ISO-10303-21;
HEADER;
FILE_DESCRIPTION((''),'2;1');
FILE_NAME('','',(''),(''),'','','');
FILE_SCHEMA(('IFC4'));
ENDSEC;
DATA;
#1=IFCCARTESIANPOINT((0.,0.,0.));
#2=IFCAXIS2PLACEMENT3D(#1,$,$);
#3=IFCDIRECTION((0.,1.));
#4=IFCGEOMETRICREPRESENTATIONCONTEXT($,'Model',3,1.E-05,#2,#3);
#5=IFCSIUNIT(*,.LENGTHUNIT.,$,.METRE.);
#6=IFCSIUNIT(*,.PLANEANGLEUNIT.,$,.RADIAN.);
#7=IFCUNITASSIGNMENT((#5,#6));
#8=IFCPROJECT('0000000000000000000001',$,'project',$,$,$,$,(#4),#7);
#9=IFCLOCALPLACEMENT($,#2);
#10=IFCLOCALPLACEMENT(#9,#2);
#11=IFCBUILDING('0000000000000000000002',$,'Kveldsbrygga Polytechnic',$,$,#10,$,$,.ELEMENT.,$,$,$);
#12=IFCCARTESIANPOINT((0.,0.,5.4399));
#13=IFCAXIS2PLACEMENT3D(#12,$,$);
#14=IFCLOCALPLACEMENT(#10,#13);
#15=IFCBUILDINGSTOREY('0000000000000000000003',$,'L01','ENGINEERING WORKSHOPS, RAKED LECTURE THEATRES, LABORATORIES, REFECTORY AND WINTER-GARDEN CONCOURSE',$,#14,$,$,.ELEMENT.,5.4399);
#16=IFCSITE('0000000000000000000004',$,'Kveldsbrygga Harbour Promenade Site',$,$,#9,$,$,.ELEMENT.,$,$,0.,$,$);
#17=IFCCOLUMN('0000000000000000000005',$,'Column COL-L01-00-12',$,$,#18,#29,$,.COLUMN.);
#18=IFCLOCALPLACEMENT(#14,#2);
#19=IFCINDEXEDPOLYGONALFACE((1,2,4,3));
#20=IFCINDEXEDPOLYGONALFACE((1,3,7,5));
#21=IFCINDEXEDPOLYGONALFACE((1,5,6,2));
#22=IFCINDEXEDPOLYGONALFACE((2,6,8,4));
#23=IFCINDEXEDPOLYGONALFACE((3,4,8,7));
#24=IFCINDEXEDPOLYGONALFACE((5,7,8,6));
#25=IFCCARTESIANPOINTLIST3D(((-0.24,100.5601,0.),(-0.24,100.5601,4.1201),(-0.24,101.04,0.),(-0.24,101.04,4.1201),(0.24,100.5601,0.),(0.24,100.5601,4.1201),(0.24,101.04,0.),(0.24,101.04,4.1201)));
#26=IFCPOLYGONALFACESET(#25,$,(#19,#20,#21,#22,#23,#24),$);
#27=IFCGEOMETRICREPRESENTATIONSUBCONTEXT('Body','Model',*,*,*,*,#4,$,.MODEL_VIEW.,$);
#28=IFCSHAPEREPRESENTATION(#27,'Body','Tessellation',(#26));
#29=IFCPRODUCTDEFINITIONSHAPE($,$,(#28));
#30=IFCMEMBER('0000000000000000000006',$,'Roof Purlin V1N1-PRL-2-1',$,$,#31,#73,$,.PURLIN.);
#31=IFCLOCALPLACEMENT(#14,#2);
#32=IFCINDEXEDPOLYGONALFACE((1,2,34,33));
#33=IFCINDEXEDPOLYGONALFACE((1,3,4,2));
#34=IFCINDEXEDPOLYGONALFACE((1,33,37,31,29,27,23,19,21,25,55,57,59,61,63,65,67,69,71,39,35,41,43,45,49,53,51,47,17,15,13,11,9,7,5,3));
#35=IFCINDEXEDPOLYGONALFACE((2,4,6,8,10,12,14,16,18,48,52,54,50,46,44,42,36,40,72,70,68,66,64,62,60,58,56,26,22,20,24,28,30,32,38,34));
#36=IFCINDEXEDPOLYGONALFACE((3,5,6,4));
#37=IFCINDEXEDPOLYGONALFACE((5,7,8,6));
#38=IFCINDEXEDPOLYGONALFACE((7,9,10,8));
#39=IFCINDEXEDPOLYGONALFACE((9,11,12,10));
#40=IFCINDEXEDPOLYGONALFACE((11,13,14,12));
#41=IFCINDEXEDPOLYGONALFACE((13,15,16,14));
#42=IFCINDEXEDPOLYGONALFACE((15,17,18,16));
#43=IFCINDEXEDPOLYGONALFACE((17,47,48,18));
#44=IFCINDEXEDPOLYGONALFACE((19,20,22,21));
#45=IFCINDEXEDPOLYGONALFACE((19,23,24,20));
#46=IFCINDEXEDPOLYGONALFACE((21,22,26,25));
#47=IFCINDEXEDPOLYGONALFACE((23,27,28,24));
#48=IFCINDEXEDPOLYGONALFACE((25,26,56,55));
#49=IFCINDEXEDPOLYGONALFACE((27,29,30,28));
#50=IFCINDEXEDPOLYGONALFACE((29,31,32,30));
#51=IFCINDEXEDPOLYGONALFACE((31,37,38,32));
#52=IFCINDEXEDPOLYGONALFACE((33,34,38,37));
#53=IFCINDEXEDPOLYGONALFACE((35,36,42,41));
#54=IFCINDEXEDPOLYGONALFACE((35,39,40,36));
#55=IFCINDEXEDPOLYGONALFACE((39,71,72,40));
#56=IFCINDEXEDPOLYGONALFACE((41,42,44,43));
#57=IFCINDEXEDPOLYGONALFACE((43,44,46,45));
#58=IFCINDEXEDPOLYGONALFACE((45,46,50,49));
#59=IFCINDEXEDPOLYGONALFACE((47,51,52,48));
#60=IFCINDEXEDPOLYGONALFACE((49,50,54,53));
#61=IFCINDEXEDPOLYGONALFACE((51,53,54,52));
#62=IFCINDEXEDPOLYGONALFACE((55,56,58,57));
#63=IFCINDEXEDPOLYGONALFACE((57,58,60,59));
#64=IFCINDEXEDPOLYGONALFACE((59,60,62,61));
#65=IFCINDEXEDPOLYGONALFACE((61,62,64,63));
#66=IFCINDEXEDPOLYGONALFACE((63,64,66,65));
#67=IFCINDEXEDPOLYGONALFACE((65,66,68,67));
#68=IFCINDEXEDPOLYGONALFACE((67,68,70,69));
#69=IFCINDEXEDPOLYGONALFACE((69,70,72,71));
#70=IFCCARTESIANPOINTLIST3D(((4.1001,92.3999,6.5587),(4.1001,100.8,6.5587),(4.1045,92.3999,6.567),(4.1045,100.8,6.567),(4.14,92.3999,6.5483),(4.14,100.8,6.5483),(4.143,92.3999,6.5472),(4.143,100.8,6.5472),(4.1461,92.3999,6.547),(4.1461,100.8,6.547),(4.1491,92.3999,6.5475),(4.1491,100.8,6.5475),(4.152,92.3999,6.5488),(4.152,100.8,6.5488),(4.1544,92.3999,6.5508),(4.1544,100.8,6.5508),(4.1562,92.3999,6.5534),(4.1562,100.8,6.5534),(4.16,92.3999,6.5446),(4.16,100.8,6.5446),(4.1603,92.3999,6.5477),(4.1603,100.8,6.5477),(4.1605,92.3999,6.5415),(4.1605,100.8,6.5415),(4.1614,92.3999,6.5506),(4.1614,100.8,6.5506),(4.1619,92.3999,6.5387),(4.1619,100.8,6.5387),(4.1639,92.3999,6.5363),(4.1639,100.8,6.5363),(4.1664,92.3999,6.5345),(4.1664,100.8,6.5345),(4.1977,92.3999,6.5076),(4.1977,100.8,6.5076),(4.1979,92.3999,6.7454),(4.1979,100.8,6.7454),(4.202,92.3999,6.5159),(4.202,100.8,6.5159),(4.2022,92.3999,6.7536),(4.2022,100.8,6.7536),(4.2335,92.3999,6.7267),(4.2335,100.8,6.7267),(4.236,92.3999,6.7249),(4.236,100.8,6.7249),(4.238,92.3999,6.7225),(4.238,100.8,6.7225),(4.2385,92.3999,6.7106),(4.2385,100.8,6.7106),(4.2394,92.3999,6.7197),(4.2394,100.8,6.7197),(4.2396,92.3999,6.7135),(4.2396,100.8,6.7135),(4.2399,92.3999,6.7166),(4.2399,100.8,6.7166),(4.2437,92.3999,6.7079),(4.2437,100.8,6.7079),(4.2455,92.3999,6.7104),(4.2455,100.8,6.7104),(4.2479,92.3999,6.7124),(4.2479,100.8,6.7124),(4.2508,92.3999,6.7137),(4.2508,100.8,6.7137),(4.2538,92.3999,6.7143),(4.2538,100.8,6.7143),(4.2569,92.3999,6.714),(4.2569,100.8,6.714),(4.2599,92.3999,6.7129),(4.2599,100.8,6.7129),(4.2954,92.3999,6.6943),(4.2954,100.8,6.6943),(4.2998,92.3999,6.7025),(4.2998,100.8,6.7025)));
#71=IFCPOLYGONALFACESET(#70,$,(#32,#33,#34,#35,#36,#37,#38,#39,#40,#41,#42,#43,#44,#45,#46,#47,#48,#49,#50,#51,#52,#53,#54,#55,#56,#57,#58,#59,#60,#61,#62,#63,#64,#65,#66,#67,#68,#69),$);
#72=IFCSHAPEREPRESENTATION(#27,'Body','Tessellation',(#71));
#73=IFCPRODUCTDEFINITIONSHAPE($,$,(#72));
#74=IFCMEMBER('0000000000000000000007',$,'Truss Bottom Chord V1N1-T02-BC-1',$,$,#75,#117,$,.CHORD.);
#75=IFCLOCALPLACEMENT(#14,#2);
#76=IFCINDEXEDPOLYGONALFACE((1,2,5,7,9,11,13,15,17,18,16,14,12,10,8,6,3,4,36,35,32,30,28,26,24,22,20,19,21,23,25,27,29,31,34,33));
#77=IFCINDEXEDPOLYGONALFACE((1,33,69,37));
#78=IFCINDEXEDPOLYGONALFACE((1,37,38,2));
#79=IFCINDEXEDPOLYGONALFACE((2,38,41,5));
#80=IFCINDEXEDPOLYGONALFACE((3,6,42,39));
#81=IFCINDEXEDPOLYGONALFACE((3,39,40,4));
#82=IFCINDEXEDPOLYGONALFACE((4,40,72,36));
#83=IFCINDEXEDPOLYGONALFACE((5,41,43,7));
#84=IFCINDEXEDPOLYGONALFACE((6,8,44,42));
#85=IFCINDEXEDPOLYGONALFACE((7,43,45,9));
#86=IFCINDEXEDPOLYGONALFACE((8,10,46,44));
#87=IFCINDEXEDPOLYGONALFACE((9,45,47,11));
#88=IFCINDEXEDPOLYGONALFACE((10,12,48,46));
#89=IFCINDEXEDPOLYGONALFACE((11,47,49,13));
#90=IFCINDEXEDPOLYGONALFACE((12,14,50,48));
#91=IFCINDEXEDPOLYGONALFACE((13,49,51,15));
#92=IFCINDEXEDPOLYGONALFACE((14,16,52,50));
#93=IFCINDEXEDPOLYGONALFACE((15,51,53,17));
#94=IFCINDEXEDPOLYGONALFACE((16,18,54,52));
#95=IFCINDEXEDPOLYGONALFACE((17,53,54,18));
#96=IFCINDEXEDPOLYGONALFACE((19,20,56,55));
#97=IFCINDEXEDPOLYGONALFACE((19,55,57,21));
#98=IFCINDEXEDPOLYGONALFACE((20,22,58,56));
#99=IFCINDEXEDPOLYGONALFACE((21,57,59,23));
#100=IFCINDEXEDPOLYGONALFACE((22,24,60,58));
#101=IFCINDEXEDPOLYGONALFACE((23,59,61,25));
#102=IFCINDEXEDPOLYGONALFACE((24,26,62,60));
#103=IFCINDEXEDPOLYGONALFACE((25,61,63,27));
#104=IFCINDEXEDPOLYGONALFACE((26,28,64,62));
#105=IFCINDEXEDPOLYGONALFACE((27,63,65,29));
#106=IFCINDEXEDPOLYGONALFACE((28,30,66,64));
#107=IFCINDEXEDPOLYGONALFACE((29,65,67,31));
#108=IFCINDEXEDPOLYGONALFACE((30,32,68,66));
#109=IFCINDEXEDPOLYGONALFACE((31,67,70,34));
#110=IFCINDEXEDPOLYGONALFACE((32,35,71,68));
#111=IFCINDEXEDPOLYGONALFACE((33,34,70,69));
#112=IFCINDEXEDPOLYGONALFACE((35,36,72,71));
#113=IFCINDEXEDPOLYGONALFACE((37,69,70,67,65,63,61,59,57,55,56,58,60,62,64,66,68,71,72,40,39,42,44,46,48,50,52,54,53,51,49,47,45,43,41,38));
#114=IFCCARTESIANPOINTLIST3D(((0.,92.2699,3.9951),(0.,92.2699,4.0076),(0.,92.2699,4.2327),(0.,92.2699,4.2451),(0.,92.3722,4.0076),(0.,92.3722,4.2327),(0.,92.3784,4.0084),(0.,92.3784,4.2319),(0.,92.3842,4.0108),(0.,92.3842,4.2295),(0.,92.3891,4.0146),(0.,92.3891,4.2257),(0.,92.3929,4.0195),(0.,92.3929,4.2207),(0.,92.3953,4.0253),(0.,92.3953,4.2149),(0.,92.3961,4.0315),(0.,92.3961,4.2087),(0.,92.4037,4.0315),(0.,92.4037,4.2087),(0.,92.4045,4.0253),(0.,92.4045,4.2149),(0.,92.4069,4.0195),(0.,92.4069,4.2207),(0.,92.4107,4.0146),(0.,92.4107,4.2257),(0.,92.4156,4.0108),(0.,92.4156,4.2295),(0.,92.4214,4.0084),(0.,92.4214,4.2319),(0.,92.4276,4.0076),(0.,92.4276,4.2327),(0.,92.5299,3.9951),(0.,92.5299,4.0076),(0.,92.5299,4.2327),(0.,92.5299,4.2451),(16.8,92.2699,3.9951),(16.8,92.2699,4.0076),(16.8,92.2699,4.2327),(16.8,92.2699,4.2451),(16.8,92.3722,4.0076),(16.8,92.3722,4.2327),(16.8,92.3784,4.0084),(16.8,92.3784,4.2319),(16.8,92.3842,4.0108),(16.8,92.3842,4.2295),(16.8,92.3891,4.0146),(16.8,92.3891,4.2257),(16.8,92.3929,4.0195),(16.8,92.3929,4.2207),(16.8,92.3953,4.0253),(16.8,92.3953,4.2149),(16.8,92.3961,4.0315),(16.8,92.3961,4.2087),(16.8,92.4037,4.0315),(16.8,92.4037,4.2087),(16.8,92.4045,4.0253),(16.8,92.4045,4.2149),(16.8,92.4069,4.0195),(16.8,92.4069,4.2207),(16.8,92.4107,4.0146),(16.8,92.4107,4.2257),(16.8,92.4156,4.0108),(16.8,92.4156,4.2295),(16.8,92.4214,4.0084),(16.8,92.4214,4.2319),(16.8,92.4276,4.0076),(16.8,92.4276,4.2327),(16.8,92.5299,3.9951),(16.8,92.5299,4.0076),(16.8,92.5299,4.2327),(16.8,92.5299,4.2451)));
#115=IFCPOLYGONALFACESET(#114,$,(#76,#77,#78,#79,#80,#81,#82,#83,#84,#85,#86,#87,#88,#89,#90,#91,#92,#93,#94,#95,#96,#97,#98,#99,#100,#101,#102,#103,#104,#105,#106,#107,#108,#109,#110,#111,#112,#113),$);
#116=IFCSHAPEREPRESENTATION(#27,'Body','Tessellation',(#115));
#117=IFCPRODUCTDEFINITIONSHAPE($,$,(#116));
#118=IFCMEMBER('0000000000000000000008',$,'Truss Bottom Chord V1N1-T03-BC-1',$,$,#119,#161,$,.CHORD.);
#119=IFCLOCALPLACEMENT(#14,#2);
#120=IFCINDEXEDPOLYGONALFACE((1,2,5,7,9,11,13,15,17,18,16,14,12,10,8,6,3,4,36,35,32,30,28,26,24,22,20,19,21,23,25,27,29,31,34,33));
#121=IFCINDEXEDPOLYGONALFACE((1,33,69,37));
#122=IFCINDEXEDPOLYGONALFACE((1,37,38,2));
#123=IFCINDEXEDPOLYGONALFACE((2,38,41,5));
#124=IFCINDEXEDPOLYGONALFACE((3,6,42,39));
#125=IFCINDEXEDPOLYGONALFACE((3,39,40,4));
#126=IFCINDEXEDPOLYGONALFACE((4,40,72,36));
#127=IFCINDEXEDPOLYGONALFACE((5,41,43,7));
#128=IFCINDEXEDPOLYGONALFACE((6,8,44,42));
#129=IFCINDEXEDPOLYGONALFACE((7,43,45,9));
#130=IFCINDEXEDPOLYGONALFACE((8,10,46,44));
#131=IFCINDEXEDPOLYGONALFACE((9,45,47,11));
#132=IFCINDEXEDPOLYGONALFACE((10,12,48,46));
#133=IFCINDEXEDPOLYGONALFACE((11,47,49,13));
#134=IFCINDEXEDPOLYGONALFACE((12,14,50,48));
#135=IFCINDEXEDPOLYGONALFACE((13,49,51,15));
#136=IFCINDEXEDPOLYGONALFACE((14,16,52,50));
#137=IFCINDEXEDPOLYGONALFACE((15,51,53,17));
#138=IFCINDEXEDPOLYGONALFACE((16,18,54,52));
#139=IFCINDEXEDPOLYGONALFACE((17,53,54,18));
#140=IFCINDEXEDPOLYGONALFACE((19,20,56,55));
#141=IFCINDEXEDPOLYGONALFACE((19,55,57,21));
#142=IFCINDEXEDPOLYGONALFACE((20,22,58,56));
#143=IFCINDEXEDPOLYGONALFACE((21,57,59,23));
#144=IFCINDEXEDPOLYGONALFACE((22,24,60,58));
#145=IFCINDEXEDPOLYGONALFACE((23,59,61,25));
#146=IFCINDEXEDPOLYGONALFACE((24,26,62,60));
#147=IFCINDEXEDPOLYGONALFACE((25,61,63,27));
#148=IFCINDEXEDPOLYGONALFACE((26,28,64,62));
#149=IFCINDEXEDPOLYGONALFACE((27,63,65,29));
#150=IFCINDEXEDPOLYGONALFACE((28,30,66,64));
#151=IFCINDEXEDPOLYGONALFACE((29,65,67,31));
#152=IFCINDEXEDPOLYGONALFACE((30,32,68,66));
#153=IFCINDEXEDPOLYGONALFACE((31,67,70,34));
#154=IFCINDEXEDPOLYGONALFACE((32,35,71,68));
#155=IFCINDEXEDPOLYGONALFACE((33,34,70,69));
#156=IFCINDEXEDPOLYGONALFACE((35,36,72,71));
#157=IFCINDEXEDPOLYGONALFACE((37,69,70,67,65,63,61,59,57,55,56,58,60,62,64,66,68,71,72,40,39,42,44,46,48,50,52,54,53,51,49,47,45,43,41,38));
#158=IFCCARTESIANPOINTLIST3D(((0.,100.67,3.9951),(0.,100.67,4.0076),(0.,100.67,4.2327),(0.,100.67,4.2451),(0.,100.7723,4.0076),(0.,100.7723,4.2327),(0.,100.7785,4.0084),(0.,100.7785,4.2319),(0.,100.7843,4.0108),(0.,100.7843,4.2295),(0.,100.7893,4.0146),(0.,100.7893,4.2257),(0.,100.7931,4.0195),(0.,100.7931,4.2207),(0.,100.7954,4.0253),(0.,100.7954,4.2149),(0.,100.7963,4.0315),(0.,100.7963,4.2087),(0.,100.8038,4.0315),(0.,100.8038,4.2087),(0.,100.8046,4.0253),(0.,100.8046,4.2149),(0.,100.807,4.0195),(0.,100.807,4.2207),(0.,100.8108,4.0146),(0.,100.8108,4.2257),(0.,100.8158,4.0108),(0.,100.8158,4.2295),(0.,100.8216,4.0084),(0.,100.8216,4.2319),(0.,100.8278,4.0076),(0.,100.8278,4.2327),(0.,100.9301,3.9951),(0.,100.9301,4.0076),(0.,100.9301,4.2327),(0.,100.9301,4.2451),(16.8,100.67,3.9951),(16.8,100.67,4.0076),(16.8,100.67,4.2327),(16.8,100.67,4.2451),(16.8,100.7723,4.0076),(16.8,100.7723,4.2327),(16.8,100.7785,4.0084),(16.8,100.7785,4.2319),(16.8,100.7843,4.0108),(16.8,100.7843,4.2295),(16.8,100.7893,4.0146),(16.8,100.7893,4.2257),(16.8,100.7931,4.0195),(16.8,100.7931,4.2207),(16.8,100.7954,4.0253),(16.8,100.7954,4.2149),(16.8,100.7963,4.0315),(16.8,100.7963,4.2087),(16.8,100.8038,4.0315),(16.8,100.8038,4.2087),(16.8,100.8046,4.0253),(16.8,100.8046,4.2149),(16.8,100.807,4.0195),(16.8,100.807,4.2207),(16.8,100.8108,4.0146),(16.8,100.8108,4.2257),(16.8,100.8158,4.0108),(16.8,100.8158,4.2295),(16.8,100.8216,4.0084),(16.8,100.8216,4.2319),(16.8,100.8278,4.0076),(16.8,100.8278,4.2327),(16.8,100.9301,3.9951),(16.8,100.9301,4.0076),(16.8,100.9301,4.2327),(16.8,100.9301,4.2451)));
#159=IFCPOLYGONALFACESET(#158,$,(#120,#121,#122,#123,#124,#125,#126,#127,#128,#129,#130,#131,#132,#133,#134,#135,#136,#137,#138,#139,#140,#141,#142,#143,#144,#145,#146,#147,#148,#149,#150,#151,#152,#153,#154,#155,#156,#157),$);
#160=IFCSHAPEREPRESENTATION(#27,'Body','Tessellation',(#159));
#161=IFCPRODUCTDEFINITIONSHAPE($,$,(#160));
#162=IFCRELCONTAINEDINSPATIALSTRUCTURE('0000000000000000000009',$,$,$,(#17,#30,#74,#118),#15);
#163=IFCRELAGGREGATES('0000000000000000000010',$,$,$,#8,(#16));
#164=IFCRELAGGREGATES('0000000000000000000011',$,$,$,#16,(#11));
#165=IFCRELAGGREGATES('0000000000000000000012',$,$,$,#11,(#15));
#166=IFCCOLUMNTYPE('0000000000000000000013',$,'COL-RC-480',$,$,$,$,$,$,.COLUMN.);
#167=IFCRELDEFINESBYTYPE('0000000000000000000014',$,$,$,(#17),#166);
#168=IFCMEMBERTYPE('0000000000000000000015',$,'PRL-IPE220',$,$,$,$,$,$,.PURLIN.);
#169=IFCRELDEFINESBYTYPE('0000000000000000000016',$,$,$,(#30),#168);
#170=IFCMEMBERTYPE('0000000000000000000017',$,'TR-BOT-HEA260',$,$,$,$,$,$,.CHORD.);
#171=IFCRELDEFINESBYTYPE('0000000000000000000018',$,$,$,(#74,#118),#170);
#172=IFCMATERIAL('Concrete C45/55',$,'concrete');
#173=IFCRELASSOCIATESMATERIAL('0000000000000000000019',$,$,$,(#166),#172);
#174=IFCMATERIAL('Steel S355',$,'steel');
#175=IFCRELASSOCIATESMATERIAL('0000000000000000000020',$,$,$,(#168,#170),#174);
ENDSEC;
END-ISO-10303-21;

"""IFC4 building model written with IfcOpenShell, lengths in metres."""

from ifc_helpers import new_model, si_unit, direction, frame, origin, origin_2d, place, context, subcontext, project, spatial, rectangle, i_section, extrude, material, material_profile, profile_set, type_object, element, save


model = new_model("IFC4")

# Units and contexts
model_context = context("Model", 3, precision=1e-05, world=origin(), true_north=direction((0.0, 1.0)))
body_context = subcontext(model_context, "Body", "Model", "MODEL_VIEW")
ifc_project = project(units=[si_unit("LENGTHUNIT", "METRE"), si_unit("PLANEANGLEUNIT", "RADIAN")], contexts=[model_context])

# Site, building, storey
site_placement = place(None, origin())
site = spatial("IfcSite", under=ifc_project, at=site_placement, Name="Kveldsbrygga Harbour Promenade Site", CompositionType="ELEMENT", RefElevation=0.0)
building_placement = place(site_placement, origin())
building = spatial("IfcBuilding", under=site, at=building_placement, Name="Kveldsbrygga Polytechnic", CompositionType="ELEMENT")
storey_placement = place(building_placement, frame((0.0, 0.0, 5.4399)))
storey = spatial("IfcBuildingStorey", under=building, at=storey_placement, Name="L01", Description="ENGINEERING WORKSHOPS, RAKED LECTURE THEATRES, LABORATORIES, REFECTORY AND WINTER-GARDEN CONCOURSE", CompositionType="ELEMENT", Elevation=5.4399)

# Column
ifc_material_1 = material(Name="Concrete C45/55", Category="concrete")
ifc_material_profile_1 = material_profile(ifc_material_1, rectangle(XDim=0.48, YDim=0.48, at=origin_2d()), Name="RC 480x480")
ifc_profile_set_1 = profile_set([ifc_material_profile_1], Name="Concrete C45/55")
column_type = type_object("IfcColumnType", Name="COL-RC-480", PredefinedType="COLUMN", material=ifc_profile_set_1)
column_placement = place(storey_placement, frame((0.0, 100.8, 0.0), z_axis=(0.0, 0.0, 1.0), x_axis=(1.0, 0.0, 0.0)))
element("IfcColumn", 1, at=column_placement, inside=storey, type_object=column_type, Name="Column COL-L01-00-12", PredefinedType="COLUMN", context=body_context, shape_type="SweptSolid", body=[
    extrude(rectangle(XDim=0.48, YDim=0.48, at=origin_2d()), origin(), (0.0, 0.0, 1.0), 4.1201),
])

# Members
ifc_material_2 = material(Name="Steel S355", Category="steel")
ifc_material_profile_2 = material_profile(ifc_material_2, i_section(OverallWidth=0.1101, OverallDepth=0.22, WebThickness=0.0059, FlangeThickness=0.0093, FilletRadius=0.012, at=origin_2d()), Name="IPE 220")
ifc_profile_set_2 = profile_set([ifc_material_profile_2], Name="Steel S355")
member_type_1 = type_object("IfcMemberType", Name="PRL-IPE220", PredefinedType="PURLIN", material=ifc_profile_set_2)
member_1_placement = place(storey_placement, frame((4.2, 92.3999, 6.6306), z_axis=(0.0, 1.0, 0.0), x_axis=(-0.885831, 0.0, 0.464007)))
element("IfcMember", 2, at=member_1_placement, inside=storey, type_object=member_type_1, Name="Roof Purlin V1N1-PRL-2-1", PredefinedType="PURLIN", context=body_context, shape_type="SweptSolid", body=[
    extrude(i_section(OverallWidth=0.1101, OverallDepth=0.22, WebThickness=0.0059, FlangeThickness=0.0093, FilletRadius=0.012, at=origin_2d()), origin(), (0.0, 0.0, 1.0), 8.4001),
])
ifc_material_profile_3 = material_profile(ifc_material_2, i_section(OverallWidth=0.26, OverallDepth=0.25, WebThickness=0.0076, FlangeThickness=0.0125, FilletRadius=0.0239, at=origin_2d()), Name="HEA 260")
ifc_profile_set_3 = profile_set([ifc_material_profile_3], Name="Steel S355")
member_type_2 = type_object("IfcMemberType", Name="TR-BOT-HEA260", PredefinedType="CHORD", material=ifc_profile_set_3)
for number, where, z_axis, x_axis, name in (
    (3, (0.0, 92.3999, 4.1201), (1.0, 0.0, 0.0), (0.0, 1.0, 0.0), "Truss Bottom Chord V1N1-T02-BC-1"),
    (4, (0.0, 100.8, 4.1201), (1.0, 0.0, 0.0), (0.0, 1.0, 0.0), "Truss Bottom Chord V1N1-T03-BC-1"),
):
    element("IfcMember", number, at=place(storey_placement, frame(where, z_axis=z_axis, x_axis=x_axis)), inside=storey, type_object=member_type_2, Name=name, PredefinedType="CHORD", context=body_context, shape_type="SweptSolid", body=[
        extrude(i_section(OverallWidth=0.26, OverallDepth=0.25, WebThickness=0.0076, FlangeThickness=0.0125, FilletRadius=0.0239, at=origin_2d()), origin(), (0.0, 0.0, 1.0), 16.8),
    ])

save(model, "model.ifc")
